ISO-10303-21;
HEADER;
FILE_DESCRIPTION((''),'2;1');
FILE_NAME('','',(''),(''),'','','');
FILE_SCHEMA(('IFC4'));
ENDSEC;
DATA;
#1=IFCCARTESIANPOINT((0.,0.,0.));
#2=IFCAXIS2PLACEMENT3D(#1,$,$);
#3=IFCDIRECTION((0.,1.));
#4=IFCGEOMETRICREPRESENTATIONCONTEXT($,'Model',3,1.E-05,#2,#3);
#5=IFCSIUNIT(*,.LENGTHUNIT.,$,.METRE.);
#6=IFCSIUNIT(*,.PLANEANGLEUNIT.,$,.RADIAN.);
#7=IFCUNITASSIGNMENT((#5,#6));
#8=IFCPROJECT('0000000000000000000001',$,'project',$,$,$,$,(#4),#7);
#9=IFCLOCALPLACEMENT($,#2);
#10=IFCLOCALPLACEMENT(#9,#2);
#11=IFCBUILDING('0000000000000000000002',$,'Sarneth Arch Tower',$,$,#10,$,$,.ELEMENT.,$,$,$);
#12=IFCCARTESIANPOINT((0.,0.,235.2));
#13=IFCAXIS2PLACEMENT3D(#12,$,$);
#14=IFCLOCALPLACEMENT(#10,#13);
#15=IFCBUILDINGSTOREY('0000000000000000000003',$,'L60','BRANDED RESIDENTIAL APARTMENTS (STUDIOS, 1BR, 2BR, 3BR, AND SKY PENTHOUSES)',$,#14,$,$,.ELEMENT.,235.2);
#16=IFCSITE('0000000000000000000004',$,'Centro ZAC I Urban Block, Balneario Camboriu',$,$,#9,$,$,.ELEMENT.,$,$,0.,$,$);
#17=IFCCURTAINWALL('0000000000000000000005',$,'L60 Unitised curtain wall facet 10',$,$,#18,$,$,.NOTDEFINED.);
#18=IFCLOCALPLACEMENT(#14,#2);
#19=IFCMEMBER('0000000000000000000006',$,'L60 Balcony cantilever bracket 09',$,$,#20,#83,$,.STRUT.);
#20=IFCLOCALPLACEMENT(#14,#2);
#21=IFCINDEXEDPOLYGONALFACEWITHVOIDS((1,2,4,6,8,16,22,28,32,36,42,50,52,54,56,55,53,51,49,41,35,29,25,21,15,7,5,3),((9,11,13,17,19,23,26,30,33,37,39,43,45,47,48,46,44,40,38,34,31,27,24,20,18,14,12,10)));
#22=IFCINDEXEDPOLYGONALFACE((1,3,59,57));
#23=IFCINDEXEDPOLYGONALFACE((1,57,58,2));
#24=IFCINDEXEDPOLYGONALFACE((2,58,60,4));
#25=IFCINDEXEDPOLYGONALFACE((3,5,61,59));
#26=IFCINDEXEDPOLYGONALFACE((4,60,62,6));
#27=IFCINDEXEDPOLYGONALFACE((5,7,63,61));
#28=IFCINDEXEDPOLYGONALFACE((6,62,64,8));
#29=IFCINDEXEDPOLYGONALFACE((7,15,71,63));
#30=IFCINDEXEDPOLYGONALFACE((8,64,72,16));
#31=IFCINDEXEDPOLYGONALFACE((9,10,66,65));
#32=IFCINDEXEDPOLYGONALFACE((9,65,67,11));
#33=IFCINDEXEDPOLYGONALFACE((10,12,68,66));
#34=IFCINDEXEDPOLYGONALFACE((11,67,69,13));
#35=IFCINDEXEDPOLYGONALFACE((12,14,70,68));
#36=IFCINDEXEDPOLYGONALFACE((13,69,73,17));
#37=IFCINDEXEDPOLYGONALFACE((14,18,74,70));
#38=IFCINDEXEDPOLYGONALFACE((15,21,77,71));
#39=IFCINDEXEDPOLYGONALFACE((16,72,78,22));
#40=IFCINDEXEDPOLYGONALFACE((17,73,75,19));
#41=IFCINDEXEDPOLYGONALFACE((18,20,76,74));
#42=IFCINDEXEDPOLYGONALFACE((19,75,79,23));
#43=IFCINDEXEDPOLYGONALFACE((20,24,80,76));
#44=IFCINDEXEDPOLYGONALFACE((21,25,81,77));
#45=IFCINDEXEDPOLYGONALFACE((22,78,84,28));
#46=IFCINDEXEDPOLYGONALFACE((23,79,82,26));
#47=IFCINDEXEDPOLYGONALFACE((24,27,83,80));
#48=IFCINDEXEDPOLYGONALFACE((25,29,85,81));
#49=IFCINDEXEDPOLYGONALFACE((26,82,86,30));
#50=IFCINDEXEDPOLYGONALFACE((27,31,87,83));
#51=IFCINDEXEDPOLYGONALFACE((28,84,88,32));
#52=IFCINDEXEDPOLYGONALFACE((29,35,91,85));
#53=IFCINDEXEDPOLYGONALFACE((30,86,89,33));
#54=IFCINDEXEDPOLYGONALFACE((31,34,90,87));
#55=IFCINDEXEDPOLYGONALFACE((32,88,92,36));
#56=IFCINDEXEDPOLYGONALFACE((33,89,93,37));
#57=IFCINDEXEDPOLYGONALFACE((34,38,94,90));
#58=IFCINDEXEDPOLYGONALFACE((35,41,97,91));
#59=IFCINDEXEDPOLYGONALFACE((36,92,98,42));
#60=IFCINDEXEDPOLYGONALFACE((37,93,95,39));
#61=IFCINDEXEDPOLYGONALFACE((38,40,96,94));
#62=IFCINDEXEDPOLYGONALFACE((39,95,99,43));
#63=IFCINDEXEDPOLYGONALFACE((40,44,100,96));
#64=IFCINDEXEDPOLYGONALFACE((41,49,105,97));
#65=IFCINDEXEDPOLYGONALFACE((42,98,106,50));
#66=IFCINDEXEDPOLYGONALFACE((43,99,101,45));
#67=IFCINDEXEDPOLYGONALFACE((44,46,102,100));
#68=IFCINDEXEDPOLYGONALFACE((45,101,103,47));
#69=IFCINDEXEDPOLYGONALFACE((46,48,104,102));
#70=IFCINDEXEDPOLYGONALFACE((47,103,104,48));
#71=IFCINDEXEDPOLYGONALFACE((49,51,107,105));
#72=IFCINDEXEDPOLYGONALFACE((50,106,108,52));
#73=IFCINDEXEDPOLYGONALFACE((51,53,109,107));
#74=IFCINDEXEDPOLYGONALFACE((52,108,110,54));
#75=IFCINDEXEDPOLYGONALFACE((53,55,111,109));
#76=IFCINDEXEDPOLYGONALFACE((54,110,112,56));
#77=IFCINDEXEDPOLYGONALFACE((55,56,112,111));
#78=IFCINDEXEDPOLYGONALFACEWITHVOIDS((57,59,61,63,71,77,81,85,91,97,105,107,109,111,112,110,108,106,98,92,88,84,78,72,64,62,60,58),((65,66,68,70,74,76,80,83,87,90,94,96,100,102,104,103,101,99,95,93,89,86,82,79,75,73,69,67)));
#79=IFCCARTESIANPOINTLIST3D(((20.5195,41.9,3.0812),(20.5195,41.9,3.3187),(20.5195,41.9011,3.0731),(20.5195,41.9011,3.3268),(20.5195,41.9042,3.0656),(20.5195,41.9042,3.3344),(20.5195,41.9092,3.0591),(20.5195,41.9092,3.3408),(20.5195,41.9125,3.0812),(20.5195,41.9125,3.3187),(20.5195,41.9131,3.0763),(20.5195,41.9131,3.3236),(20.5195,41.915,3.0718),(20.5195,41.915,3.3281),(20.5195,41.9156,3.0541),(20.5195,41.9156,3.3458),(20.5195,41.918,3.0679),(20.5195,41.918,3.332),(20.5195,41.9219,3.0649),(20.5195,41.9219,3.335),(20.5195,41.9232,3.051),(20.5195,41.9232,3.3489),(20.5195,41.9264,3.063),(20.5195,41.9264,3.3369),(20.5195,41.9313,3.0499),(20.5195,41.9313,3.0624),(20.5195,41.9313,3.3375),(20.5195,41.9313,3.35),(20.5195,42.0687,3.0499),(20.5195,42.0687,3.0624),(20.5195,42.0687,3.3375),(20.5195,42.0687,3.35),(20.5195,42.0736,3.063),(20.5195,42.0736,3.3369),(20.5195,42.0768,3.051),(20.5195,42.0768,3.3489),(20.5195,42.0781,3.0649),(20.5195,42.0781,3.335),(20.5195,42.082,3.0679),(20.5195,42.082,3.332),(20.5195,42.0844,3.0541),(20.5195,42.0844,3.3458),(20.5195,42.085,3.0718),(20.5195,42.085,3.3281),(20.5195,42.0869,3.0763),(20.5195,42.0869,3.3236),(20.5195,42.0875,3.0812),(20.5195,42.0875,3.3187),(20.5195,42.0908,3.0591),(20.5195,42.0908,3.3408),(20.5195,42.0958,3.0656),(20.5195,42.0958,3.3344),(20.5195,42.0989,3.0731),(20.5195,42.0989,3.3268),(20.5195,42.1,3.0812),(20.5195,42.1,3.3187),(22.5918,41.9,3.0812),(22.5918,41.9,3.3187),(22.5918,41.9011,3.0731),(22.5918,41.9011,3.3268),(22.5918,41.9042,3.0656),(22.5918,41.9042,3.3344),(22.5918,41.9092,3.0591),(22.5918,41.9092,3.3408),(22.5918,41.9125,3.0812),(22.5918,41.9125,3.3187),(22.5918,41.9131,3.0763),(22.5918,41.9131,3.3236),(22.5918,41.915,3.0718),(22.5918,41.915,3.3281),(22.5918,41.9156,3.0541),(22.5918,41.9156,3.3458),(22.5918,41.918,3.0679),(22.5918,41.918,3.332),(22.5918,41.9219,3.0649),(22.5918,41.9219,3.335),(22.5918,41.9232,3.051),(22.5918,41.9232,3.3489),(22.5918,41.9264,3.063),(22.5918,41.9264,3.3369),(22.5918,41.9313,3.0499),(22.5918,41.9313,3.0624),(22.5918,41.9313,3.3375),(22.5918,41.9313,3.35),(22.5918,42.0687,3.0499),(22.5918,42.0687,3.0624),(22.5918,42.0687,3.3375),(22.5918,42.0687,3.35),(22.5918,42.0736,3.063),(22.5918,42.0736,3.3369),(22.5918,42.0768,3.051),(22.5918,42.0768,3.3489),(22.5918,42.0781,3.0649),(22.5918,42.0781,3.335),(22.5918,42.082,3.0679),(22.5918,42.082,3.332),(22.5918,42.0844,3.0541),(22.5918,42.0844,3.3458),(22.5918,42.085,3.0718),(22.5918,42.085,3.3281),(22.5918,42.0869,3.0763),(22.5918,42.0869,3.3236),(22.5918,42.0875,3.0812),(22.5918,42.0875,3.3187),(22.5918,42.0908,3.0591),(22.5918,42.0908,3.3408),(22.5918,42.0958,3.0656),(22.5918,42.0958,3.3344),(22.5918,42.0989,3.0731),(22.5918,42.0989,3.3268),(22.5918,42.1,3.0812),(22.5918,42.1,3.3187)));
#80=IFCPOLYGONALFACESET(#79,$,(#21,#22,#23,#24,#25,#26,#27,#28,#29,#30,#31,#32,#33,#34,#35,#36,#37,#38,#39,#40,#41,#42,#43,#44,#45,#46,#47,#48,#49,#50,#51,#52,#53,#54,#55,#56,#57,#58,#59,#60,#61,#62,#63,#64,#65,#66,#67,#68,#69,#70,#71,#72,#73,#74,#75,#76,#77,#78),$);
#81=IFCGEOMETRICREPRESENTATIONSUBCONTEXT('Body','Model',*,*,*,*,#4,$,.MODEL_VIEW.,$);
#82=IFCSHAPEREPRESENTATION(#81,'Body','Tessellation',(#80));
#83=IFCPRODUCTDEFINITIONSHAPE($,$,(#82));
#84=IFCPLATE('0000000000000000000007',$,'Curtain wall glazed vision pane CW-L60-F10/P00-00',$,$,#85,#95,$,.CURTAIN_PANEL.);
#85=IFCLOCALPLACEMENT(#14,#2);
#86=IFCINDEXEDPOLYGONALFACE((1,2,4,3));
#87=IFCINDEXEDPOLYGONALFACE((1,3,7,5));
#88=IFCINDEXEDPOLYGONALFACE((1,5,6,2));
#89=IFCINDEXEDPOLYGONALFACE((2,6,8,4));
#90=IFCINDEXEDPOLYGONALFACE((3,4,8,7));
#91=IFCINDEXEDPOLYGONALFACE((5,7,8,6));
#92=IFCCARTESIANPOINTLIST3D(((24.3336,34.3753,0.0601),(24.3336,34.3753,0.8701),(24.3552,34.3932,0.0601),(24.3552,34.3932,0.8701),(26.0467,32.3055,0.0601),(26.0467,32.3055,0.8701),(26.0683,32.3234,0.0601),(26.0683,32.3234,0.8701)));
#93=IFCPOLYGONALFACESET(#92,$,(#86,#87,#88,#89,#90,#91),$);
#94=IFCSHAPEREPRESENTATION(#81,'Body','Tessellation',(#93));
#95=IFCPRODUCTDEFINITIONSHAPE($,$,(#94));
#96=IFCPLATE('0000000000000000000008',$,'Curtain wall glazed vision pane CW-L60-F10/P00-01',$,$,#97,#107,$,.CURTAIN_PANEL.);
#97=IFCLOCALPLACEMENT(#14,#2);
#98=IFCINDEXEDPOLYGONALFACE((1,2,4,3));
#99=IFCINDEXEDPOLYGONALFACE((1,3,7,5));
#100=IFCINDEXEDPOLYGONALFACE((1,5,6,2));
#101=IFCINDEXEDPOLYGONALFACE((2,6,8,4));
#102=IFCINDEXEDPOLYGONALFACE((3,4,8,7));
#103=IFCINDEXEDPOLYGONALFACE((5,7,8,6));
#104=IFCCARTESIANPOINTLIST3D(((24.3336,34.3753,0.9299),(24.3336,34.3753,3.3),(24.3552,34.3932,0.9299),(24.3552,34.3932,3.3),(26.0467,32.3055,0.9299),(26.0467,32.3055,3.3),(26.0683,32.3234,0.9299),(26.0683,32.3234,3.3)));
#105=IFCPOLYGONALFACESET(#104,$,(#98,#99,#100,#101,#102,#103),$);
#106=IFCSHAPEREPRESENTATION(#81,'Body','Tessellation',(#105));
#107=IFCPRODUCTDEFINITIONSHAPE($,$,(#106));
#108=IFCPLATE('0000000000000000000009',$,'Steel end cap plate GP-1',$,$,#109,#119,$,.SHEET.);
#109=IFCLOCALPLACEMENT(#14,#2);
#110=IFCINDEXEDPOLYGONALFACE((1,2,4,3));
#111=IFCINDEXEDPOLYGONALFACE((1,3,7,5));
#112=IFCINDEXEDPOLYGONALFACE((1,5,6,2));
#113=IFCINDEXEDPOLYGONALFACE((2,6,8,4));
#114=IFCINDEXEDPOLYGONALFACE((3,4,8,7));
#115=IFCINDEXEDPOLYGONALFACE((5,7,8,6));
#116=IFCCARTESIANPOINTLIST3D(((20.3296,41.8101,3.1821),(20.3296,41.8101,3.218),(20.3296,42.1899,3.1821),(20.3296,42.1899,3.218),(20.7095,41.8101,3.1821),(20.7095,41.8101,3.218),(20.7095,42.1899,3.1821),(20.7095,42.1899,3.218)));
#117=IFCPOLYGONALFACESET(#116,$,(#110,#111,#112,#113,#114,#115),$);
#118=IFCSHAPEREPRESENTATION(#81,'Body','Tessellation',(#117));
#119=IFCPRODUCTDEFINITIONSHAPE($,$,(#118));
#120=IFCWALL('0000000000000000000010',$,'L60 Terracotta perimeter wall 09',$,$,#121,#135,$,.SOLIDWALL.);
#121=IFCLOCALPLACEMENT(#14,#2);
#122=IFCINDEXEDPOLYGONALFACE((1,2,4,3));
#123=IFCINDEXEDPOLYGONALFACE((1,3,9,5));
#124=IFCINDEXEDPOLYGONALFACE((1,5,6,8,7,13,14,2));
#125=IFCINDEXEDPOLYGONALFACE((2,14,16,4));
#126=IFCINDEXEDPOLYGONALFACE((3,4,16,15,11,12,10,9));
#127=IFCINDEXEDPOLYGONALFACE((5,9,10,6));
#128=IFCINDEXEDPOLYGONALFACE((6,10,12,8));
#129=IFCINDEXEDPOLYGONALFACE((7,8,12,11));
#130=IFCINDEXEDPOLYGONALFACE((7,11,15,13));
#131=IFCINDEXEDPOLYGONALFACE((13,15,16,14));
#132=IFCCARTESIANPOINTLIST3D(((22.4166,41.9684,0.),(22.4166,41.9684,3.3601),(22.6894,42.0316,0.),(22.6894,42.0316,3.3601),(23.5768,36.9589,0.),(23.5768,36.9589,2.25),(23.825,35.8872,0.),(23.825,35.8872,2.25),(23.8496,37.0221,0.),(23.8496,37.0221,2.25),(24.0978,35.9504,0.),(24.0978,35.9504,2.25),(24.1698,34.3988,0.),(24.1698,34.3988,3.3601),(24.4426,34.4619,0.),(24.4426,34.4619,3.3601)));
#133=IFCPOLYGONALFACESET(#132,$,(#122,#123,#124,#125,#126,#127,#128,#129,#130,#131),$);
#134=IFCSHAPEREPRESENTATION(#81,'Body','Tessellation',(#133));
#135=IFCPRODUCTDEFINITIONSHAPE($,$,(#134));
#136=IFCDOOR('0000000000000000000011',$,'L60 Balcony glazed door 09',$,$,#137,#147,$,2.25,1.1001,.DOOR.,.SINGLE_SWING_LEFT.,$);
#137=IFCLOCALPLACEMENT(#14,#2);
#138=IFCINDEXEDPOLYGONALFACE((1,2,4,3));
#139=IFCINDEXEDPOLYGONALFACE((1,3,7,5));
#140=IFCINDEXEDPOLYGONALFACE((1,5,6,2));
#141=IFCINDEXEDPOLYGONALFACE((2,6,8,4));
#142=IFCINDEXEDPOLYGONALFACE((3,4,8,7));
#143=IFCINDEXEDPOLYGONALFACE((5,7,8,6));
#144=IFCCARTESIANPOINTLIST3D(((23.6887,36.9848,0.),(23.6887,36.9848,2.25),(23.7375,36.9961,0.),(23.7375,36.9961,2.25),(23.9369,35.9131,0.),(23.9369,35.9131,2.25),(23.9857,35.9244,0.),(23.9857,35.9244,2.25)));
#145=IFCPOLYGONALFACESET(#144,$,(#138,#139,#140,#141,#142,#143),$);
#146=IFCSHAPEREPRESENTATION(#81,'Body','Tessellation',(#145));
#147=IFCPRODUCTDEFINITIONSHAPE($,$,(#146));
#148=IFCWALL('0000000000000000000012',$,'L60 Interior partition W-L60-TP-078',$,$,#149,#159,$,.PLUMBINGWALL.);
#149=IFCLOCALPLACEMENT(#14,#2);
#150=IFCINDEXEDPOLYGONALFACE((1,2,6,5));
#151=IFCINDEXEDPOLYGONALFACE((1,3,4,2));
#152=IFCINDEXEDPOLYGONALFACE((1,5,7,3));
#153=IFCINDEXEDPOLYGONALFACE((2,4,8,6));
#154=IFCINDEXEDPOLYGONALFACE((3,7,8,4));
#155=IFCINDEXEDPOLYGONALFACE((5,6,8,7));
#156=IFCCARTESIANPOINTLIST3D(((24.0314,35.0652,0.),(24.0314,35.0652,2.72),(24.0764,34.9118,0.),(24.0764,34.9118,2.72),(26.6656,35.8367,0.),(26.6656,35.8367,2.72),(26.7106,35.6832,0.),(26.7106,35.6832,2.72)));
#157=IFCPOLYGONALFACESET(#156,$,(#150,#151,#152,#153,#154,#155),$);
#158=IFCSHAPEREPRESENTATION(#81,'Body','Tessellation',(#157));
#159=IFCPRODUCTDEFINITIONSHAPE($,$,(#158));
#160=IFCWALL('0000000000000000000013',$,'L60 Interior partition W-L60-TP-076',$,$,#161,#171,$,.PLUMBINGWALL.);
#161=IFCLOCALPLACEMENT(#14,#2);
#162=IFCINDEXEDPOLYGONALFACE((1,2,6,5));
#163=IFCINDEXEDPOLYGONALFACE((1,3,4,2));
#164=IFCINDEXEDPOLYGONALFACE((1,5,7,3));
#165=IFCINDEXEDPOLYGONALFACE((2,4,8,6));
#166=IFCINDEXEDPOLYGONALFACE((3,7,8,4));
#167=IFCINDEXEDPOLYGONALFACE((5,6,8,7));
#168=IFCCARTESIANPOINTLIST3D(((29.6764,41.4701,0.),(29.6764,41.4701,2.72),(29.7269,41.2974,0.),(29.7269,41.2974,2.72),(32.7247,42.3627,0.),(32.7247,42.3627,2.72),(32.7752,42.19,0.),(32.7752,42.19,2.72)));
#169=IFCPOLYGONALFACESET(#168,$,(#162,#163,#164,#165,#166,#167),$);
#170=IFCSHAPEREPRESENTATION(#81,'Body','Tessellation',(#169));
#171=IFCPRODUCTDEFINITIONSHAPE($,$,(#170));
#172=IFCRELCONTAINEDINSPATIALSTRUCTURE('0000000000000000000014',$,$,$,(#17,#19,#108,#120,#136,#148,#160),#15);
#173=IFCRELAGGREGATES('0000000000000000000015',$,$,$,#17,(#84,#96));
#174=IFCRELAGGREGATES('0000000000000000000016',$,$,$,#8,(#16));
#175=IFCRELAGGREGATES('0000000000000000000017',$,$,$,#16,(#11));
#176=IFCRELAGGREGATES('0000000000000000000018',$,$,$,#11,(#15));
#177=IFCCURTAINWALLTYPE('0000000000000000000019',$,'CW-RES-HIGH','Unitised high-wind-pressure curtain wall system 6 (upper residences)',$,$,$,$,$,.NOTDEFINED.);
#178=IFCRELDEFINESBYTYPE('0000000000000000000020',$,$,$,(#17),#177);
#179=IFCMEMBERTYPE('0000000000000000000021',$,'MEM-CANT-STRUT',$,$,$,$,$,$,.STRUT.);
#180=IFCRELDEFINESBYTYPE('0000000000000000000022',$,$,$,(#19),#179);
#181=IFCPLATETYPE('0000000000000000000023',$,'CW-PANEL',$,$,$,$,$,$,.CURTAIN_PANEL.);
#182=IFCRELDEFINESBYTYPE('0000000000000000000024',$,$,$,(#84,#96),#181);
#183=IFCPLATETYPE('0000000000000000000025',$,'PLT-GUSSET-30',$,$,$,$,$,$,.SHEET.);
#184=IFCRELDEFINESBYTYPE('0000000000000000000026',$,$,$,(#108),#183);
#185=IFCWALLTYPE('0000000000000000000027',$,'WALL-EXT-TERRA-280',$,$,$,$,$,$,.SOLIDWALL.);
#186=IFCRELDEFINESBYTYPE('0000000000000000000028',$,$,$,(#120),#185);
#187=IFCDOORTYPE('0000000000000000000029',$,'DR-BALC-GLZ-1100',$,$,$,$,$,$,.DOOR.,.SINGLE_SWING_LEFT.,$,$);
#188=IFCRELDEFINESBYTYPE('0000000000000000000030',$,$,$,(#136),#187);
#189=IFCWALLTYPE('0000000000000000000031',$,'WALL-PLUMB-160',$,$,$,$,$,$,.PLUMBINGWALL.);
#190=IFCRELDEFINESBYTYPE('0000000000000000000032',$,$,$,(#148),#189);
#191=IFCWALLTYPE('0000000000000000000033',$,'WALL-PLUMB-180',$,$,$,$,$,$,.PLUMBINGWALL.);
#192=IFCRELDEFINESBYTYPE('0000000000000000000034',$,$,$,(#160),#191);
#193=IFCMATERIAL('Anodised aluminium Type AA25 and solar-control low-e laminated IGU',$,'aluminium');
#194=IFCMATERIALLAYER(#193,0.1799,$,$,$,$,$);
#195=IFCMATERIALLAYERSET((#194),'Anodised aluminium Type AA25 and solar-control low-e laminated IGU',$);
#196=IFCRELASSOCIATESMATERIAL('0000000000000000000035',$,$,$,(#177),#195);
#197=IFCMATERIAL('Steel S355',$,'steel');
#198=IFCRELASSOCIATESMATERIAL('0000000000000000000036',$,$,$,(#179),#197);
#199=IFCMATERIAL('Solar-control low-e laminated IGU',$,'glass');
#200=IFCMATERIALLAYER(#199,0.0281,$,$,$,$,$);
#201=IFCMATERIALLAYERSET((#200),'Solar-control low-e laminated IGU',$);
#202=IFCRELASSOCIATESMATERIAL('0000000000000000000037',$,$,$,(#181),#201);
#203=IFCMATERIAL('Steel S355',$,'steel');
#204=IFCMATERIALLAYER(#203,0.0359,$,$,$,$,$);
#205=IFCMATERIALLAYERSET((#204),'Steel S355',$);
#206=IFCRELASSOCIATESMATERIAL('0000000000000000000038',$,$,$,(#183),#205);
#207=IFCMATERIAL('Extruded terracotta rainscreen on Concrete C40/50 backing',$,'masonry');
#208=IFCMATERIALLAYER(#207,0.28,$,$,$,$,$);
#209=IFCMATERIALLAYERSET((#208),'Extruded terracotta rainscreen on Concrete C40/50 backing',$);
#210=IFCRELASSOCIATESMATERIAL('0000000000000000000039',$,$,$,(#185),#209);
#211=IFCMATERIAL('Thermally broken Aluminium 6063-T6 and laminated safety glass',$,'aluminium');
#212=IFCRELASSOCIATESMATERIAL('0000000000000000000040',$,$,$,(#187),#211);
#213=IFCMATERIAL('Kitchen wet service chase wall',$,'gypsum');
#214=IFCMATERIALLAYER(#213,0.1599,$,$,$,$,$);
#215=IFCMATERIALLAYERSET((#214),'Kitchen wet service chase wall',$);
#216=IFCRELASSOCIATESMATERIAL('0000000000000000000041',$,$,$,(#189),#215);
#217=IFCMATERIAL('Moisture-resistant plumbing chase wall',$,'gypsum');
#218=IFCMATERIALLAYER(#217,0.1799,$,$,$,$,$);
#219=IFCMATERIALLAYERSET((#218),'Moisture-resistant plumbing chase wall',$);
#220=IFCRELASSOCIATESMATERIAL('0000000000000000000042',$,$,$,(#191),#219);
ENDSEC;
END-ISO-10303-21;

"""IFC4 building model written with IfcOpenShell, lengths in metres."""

from ifc_helpers import new_model, si_unit, direction, frame, frame_2d, origin, origin_2d, place, context, subcontext, project, spatial, rectangle, hollow_rectangle, extrude, material, layer, layer_set, material_profile, profile_set, type_object, element, fill, aggregate, save


model = new_model("IFC4")

# Units and contexts
model_context = context("Model", 3, precision=1e-05, world=origin(), true_north=direction((0.0, 1.0)))
body_context = subcontext(model_context, "Body", "Model", "MODEL_VIEW")
ifc_project = project(units=[si_unit("LENGTHUNIT", "METRE"), si_unit("PLANEANGLEUNIT", "RADIAN")], contexts=[model_context])

# Site, building, storey
site_placement = place(None, origin())
site = spatial("IfcSite", under=ifc_project, at=site_placement, Name="Centro ZAC I Urban Block, Balneario Camboriu", CompositionType="ELEMENT", RefElevation=0.0)
building_placement = place(site_placement, origin())
building = spatial("IfcBuilding", under=site, at=building_placement, Name="Sarneth Arch Tower", CompositionType="ELEMENT")
storey_placement = place(building_placement, frame((0.0, 0.0, 235.2)))
storey = spatial("IfcBuildingStorey", under=building, at=storey_placement, Name="L60", Description="BRANDED RESIDENTIAL APARTMENTS (STUDIOS, 1BR, 2BR, 3BR, AND SKY PENTHOUSES)", CompositionType="ELEMENT", Elevation=235.2)

# Curtain wall
ifc_material_1 = material(Name="Anodised aluminium Type AA25 and solar-control low-e laminated IGU", Category="aluminium")
ifc_layer_1 = layer(ifc_material_1, 0.1799)
ifc_layer_set_1 = layer_set([ifc_layer_1], Name="Anodised aluminium Type AA25 and solar-control low-e laminated IGU")
curtain_wall_type = type_object("IfcCurtainWallType", Name="CW-RES-HIGH", Description="Unitised high-wind-pressure curtain wall system 6 (upper residences)", PredefinedType="NOTDEFINED", material=ifc_layer_set_1)
curtain_wall_placement = place(storey_placement, origin())
curtain_wall = element("IfcCurtainWall", 1, at=curtain_wall_placement, inside=storey, type_object=curtain_wall_type, Name="L60 Unitised curtain wall facet 10", PredefinedType="NOTDEFINED")

# Member
ifc_material_2 = material(Name="Steel S355", Category="steel")
ifc_material_profile_1 = material_profile(ifc_material_2, hollow_rectangle(XDim=0.2, YDim=0.3, WallThickness=0.0125, InnerFilletRadius=0.0188, OuterFilletRadius=0.0312, at=origin_2d()), Name="RHS300x200x12.5")
ifc_profile_set_1 = profile_set([ifc_material_profile_1], Name="Steel S355")
member_type_1 = type_object("IfcMemberType", Name="MEM-CANT-STRUT", PredefinedType="STRUT", material=ifc_profile_set_1)
member_1_placement = place(storey_placement, frame((22.5918, 42.0, 3.2), z_axis=(-1.0, 0.0, 0.0), x_axis=(0.0, -1.0, 0.0)))
element("IfcMember", 2, at=member_1_placement, inside=storey, type_object=member_type_1, Name="L60 Balcony cantilever bracket 09", PredefinedType="STRUT", context=body_context, shape_type="SweptSolid", body=[
    extrude(hollow_rectangle(XDim=0.2, YDim=0.3, WallThickness=0.0125, InnerFilletRadius=0.0188, OuterFilletRadius=0.0312, at=origin_2d()), origin(), (0.0, 0.0, 1.0), 2.0723),
])

# Plates
ifc_material_3 = material(Name="Solar-control low-e laminated IGU", Category="glass")
ifc_layer_2 = layer(ifc_material_3, 0.0281)
ifc_layer_set_2 = layer_set([ifc_layer_2], Name="Solar-control low-e laminated IGU")
plate_type_1 = type_object("IfcPlateType", Name="CW-PANEL", PredefinedType="CURTAIN_PANEL", material=ifc_layer_set_2)
plate_1_placement = place(storey_placement, frame((25.2009, 33.3494, 0.0601), z_axis=(0.0, 0.0, 1.0), x_axis=(0.63761, -0.770359, 0.0)))
plate_1 = element("IfcPlate", 3, at=plate_1_placement, type_object=plate_type_1, Name="Curtain wall glazed vision pane CW-L60-F10/P00-00", PredefinedType="CURTAIN_PANEL", context=body_context, shape_type="SweptSolid", body=[
    extrude(rectangle(XDim=2.6868, YDim=0.0281, at=origin_2d()), origin(), (0.0, 0.0, 1.0), 0.8101),
])
plate_2_placement = place(storey_placement, frame((25.2009, 33.3494, 0.9299), z_axis=(0.0, 0.0, 1.0), x_axis=(0.63761, -0.770359, 0.0)))
plate_2 = element("IfcPlate", 4, at=plate_2_placement, type_object=plate_type_1, Name="Curtain wall glazed vision pane CW-L60-F10/P00-01", PredefinedType="CURTAIN_PANEL", context=body_context, shape_type="SweptSolid", body=[
    extrude(rectangle(XDim=2.6868, YDim=0.0281, at=origin_2d()), origin(), (0.0, 0.0, 1.0), 2.3701),
])
aggregate(curtain_wall, [plate_1, plate_2])
ifc_material_4 = material(Name="Steel S355", Category="steel")
ifc_layer_3 = layer(ifc_material_4, 0.0359)
ifc_layer_set_3 = layer_set([ifc_layer_3], Name="Steel S355")
plate_type_2 = type_object("IfcPlateType", Name="PLT-GUSSET-30", PredefinedType="SHEET", material=ifc_layer_set_3)
plate_3_placement = place(storey_placement, frame((20.5195, 42.0, 3.1821), z_axis=(0.0, 0.0, 1.0), x_axis=(-1.0, 0.0, 0.0)))
element("IfcPlate", 5, at=plate_3_placement, inside=storey, type_object=plate_type_2, Name="Steel end cap plate GP-1", PredefinedType="SHEET", context=body_context, shape_type="SweptSolid", body=[
    extrude(rectangle(XDim=0.3799, YDim=0.3799, at=origin_2d()), origin(), (0.0, 0.0, 1.0), 0.0359),
])

# Wall, opening, door
ifc_material_5 = material(Name="Extruded terracotta rainscreen on Concrete C40/50 backing", Category="masonry")
ifc_layer_4 = layer(ifc_material_5, 0.28)
ifc_layer_set_4 = layer_set([ifc_layer_4], Name="Extruded terracotta rainscreen on Concrete C40/50 backing")
wall_type_1 = type_object("IfcWallType", Name="WALL-EXT-TERRA-280", PredefinedType="SOLIDWALL", material=ifc_layer_set_4)
wall_1_placement = place(storey_placement, frame((22.553, 42.0, 0.0), z_axis=(0.0, 0.0, 1.0), x_axis=(0.225635, -0.974212, 0.0)))
wall_1 = element("IfcWall", 6, at=wall_1_placement, inside=storey, type_object=wall_type_1, Name="L60 Terracotta perimeter wall 09", PredefinedType="SOLIDWALL", context=body_context, shape_type="SweptSolid", body=[
    extrude(rectangle(XDim=7.77, YDim=0.28, at=frame_2d((3.885, 0.0))), origin(), (0.0, 0.0, 1.0), 3.3601),
])
opening_placement = place(wall_1_placement, frame((5.1421, 0.0, 0.0)))
opening = element("IfcOpeningElement", 7, at=opening_placement, cuts=wall_1, PredefinedType="OPENING", context=body_context, shape_type="SweptSolid", body=[
    extrude(rectangle(XDim=1.1001, YDim=2.25, at=frame_2d((0.55, 1.125))), frame((0.0, 0.1499, 0.0), z_axis=(0.0, -1.0, 0.0), x_axis=(1.0, 0.0, 0.0)), (0.0, 0.0, 1.0), 0.3),
])
ifc_material_6 = material(Name="Thermally broken Aluminium 6063-T6 and laminated safety glass", Category="aluminium")
door_type = type_object("IfcDoorType", Name="DR-BALC-GLZ-1100", OperationType="SINGLE_SWING_LEFT", PredefinedType="DOOR", material=ifc_material_6)
door_placement = place(opening_placement, origin())
door = element("IfcDoor", 8, at=door_placement, inside=storey, type_object=door_type, Name="L60 Balcony glazed door 09", OperationType="SINGLE_SWING_LEFT", OverallHeight=2.25, OverallWidth=1.1001, PredefinedType="DOOR", context=body_context, shape_type="SweptSolid", body=[
    extrude(rectangle(XDim=1.1001, YDim=2.25, at=frame_2d((0.55, 1.125))), frame((0.0, 0.0249, 0.0), z_axis=(0.0, -1.0, 0.0), x_axis=(1.0, 0.0, 0.0)), (0.0, 0.0, 1.0), 0.05),
])
fill(opening, door)

# Walls
ifc_material_7 = material(Name="Kitchen wet service chase wall", Category="gypsum")
ifc_layer_5 = layer(ifc_material_7, 0.1599)
ifc_layer_set_5 = layer_set([ifc_layer_5], Name="Kitchen wet service chase wall")
wall_type_2 = type_object("IfcWallType", Name="WALL-PLUMB-160", PredefinedType="PLUMBINGWALL", material=ifc_layer_set_5)
wall_2_placement = place(storey_placement, frame((26.6882, 35.76, 0.0), z_axis=(0.0, 0.0, 1.0), x_axis=(-0.959691, -0.281059, 0.0)))
element("IfcWall", 9, at=wall_2_placement, inside=storey, type_object=wall_type_2, Name="L60 Interior partition W-L60-TP-078", PredefinedType="PLUMBINGWALL", context=body_context, shape_type="SweptSolid", body=[
    extrude(rectangle(XDim=2.7449, YDim=0.1599, at=frame_2d((1.3726, 0.0))), origin(), (0.0, 0.0, 1.0), 2.72),
])
ifc_material_8 = material(Name="Moisture-resistant plumbing chase wall", Category="gypsum")
ifc_layer_6 = layer(ifc_material_8, 0.1799)
ifc_layer_set_6 = layer_set([ifc_layer_6], Name="Moisture-resistant plumbing chase wall")
wall_type_3 = type_object("IfcWallType", Name="WALL-PLUMB-180", PredefinedType="PLUMBINGWALL", material=ifc_layer_set_6)
wall_3_placement = place(storey_placement, frame((29.7017, 41.3838, 0.0), z_axis=(0.0, 0.0, 1.0), x_axis=(0.959705, 0.281009, 0.0)))
element("IfcWall", 10, at=wall_3_placement, inside=storey, type_object=wall_type_3, Name="L60 Interior partition W-L60-TP-076", PredefinedType="PLUMBINGWALL", context=body_context, shape_type="SweptSolid", body=[
    extrude(rectangle(XDim=3.1763, YDim=0.1799, at=frame_2d((1.5881, 0.0))), origin(), (0.0, 0.0, 1.0), 2.72),
])

save(model, "model.ifc")
